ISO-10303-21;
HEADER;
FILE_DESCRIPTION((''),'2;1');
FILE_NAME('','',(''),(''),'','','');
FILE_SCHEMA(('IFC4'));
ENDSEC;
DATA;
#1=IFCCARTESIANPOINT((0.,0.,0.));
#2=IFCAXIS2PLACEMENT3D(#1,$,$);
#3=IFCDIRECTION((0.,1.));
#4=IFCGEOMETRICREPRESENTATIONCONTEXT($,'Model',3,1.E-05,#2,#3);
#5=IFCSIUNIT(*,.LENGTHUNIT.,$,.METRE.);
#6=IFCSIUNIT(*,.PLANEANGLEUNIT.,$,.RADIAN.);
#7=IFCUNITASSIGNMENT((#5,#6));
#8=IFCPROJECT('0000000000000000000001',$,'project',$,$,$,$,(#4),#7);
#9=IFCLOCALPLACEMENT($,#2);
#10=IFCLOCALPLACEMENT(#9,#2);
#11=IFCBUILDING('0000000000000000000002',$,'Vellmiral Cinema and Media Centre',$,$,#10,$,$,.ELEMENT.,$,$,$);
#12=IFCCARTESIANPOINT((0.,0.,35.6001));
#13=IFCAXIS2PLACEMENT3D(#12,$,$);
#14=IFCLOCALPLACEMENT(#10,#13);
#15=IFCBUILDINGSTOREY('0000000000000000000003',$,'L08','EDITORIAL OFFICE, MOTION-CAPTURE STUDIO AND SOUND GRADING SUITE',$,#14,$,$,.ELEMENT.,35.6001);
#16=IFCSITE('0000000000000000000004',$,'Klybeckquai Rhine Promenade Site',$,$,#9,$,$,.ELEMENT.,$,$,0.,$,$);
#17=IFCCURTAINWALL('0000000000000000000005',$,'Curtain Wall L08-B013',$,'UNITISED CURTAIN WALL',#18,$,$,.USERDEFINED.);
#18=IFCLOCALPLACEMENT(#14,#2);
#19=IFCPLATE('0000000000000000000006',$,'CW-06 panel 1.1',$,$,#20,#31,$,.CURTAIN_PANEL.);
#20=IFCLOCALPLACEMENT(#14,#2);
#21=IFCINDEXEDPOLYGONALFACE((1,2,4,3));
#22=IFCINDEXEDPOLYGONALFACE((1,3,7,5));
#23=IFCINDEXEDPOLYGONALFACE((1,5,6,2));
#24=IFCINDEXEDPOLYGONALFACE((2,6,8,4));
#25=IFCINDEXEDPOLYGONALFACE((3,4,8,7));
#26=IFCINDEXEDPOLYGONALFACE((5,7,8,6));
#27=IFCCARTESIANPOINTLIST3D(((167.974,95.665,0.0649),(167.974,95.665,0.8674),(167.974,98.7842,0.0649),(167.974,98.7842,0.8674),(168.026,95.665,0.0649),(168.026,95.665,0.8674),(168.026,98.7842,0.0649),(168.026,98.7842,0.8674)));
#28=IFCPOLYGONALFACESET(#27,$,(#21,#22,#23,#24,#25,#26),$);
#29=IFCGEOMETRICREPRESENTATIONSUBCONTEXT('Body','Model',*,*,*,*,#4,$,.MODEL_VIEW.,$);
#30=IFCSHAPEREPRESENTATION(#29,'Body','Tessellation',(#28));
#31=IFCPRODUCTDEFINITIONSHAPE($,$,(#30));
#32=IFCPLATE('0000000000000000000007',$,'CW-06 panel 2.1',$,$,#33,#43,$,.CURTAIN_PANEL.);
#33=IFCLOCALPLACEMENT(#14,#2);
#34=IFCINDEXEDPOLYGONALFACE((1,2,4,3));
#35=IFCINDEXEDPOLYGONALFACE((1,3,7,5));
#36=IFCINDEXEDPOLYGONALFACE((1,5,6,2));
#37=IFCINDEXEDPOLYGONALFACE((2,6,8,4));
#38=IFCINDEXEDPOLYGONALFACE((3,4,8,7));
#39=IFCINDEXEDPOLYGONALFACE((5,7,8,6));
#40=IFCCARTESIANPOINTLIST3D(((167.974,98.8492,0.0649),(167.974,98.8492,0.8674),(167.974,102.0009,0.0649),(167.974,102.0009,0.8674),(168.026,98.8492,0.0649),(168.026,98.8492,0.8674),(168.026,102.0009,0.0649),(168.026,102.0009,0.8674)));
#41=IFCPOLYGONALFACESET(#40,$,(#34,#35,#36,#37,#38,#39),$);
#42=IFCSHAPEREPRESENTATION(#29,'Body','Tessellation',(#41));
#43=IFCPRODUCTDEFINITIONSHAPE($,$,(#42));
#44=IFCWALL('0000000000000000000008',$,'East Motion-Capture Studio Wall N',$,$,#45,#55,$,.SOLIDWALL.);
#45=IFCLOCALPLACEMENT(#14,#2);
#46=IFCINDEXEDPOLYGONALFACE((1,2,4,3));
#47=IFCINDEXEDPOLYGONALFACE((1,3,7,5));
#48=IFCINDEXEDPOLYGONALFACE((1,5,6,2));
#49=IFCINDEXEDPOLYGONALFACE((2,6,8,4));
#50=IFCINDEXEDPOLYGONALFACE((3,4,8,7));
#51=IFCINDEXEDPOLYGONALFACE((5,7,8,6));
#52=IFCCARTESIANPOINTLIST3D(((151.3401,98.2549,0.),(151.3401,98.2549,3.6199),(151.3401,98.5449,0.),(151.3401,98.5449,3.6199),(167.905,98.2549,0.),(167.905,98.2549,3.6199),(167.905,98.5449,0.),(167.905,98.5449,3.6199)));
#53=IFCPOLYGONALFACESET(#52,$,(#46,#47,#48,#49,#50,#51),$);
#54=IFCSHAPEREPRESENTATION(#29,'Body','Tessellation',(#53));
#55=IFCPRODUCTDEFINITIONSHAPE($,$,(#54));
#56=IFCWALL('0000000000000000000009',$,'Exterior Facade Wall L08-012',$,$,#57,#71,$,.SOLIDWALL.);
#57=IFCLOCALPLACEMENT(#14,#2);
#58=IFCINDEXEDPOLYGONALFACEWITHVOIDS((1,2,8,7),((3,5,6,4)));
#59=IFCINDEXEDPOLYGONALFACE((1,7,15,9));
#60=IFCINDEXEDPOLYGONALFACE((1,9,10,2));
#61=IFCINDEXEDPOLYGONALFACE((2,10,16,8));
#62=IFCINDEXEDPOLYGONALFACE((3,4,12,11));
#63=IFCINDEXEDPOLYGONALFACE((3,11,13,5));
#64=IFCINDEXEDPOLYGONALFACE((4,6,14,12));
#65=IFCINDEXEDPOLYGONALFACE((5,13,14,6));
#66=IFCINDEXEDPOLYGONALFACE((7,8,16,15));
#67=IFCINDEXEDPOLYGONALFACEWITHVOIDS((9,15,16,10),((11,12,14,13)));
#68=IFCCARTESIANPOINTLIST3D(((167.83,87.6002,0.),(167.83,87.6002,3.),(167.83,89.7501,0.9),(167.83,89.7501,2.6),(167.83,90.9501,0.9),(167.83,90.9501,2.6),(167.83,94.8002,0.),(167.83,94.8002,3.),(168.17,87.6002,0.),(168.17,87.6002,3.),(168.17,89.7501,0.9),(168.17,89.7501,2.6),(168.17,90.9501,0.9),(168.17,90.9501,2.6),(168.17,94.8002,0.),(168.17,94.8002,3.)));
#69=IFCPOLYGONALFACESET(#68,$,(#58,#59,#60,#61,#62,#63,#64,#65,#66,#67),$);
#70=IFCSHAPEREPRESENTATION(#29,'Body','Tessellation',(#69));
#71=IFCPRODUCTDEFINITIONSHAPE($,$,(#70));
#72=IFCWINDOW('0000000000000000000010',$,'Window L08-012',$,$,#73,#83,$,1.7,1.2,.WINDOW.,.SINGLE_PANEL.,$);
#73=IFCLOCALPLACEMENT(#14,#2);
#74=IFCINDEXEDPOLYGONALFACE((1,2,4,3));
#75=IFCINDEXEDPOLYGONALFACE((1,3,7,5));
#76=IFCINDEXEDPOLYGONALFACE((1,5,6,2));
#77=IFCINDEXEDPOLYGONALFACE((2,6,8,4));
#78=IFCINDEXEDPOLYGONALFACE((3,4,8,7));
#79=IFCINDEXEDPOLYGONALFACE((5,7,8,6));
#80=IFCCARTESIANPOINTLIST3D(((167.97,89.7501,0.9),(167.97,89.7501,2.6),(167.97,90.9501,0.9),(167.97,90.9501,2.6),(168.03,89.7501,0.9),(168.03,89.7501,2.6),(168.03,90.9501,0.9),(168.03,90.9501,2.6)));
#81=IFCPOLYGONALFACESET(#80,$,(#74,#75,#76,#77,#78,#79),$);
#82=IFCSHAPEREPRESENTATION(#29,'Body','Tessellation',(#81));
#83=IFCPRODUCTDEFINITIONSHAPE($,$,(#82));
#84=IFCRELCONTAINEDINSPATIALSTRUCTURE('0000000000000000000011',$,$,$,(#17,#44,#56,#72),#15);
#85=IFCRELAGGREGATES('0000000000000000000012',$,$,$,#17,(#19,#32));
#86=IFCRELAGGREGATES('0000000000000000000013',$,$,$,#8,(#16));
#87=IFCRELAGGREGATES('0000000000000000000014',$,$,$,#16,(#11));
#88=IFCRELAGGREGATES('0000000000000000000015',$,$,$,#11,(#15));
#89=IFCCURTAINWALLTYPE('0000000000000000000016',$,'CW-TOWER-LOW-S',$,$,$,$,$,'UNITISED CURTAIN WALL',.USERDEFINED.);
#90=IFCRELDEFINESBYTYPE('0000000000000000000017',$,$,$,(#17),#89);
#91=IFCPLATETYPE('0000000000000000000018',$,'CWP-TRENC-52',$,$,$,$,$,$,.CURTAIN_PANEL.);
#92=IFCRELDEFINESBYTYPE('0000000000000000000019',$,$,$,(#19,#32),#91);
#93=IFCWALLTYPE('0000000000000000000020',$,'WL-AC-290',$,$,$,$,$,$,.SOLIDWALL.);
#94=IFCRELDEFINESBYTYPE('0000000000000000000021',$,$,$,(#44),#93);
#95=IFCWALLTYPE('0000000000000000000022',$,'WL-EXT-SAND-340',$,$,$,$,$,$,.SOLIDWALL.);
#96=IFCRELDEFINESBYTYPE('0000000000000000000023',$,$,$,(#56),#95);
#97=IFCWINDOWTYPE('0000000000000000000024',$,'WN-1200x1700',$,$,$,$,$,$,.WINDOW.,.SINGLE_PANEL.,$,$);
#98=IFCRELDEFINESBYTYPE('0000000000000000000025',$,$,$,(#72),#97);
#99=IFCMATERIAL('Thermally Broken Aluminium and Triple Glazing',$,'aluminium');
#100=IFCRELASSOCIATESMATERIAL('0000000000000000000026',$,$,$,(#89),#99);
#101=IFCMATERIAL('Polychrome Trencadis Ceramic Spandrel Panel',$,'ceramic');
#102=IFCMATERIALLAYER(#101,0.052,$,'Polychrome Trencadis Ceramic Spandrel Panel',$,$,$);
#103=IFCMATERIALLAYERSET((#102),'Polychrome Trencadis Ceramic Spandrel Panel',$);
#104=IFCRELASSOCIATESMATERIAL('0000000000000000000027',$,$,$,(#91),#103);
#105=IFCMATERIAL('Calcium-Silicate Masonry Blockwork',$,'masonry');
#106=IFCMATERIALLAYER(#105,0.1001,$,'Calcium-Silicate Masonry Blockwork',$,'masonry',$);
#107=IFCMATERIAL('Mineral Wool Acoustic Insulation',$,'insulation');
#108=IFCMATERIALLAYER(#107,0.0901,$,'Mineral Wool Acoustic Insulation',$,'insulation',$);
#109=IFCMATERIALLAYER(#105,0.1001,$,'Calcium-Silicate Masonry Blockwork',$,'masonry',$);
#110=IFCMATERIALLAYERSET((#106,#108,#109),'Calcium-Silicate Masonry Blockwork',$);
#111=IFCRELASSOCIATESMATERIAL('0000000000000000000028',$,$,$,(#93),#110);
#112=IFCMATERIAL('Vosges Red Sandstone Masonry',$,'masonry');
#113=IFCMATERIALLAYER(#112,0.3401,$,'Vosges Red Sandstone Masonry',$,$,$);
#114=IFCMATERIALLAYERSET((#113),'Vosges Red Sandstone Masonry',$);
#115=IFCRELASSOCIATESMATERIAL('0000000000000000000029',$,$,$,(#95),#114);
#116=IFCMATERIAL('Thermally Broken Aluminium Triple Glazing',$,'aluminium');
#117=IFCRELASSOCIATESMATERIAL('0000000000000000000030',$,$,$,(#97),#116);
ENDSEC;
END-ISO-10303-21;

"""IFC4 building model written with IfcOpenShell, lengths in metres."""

from ifc_helpers import new_model, si_unit, direction, frame, frame_2d, origin, origin_2d, place, context, subcontext, project, spatial, rectangle, extrude, material, layer, layer_set, type_object, element, fill, aggregate, save


model = new_model("IFC4")

# Units and contexts
model_context = context("Model", 3, precision=1e-05, world=origin(), true_north=direction((0.0, 1.0)))
body_context = subcontext(model_context, "Body", "Model", "MODEL_VIEW")
ifc_project = project(units=[si_unit("LENGTHUNIT", "METRE"), si_unit("PLANEANGLEUNIT", "RADIAN")], contexts=[model_context])

# Site, building, storey
site_placement = place(None, origin())
site = spatial("IfcSite", under=ifc_project, at=site_placement, Name="Klybeckquai Rhine Promenade Site", CompositionType="ELEMENT", RefElevation=0.0)
building_placement = place(site_placement, origin())
building = spatial("IfcBuilding", under=site, at=building_placement, Name="Vellmiral Cinema and Media Centre", CompositionType="ELEMENT")
storey_placement = place(building_placement, frame((0.0, 0.0, 35.6001)))
storey = spatial("IfcBuildingStorey", under=building, at=storey_placement, Name="L08", Description="EDITORIAL OFFICE, MOTION-CAPTURE STUDIO AND SOUND GRADING SUITE", CompositionType="ELEMENT", Elevation=35.6001)

# Curtain wall
ifc_material_1 = material(Name="Thermally Broken Aluminium and Triple Glazing", Category="aluminium")
curtain_wall_type = type_object("IfcCurtainWallType", Name="CW-TOWER-LOW-S", ElementType="UNITISED CURTAIN WALL", PredefinedType="USERDEFINED", material=ifc_material_1)
curtain_wall_placement = place(storey_placement, origin())
curtain_wall = element("IfcCurtainWall", 1, at=curtain_wall_placement, inside=storey, type_object=curtain_wall_type, Name="Curtain Wall L08-B013", ObjectType="UNITISED CURTAIN WALL", PredefinedType="USERDEFINED")

# Plates
ifc_material_2 = material(Name="Polychrome Trencadis Ceramic Spandrel Panel", Category="ceramic")
ifc_layer_1 = layer(ifc_material_2, 0.052, Name="Polychrome Trencadis Ceramic Spandrel Panel")
ifc_layer_set_1 = layer_set([ifc_layer_1], Name="Polychrome Trencadis Ceramic Spandrel Panel")
plate_type_1 = type_object("IfcPlateType", Name="CWP-TRENC-52", PredefinedType="CURTAIN_PANEL", material=ifc_layer_set_1)
plate_1_placement = place(storey_placement, frame((168.0, 97.2246, 0.0649), z_axis=(0.0, 0.0, 1.0), x_axis=(0.0, 1.0, 0.0)))
plate_1 = element("IfcPlate", 2, at=plate_1_placement, type_object=plate_type_1, Name="CW-06 panel 1.1", PredefinedType="CURTAIN_PANEL", context=body_context, shape_type="SweptSolid", body=[
    extrude(rectangle(XDim=3.1191, YDim=0.052, at=origin_2d()), origin(), (0.0, 0.0, 1.0), 0.8025),
])
plate_2_placement = place(storey_placement, frame((168.0, 100.425, 0.0649), z_axis=(0.0, 0.0, 1.0), x_axis=(0.0, 1.0, 0.0)))
plate_2 = element("IfcPlate", 3, at=plate_2_placement, type_object=plate_type_1, Name="CW-06 panel 2.1", PredefinedType="CURTAIN_PANEL", context=body_context, shape_type="SweptSolid", body=[
    extrude(rectangle(XDim=3.1516, YDim=0.052, at=origin_2d()), origin(), (0.0, 0.0, 1.0), 0.8025),
])
aggregate(curtain_wall, [plate_1, plate_2])

# Wall
ifc_material_3 = material(Name="Calcium-Silicate Masonry Blockwork", Category="masonry")
ifc_layer_2 = layer(ifc_material_3, 0.1001, Name="Calcium-Silicate Masonry Blockwork", Category="masonry")
ifc_material_4 = material(Name="Mineral Wool Acoustic Insulation", Category="insulation")
ifc_layer_3 = layer(ifc_material_4, 0.0901, Name="Mineral Wool Acoustic Insulation", Category="insulation")
ifc_layer_4 = layer(ifc_material_3, 0.1001, Name="Calcium-Silicate Masonry Blockwork", Category="masonry")
ifc_layer_set_2 = layer_set([ifc_layer_2, ifc_layer_3, ifc_layer_4], Name="Calcium-Silicate Masonry Blockwork")
wall_type_1 = type_object("IfcWallType", Name="WL-AC-290", PredefinedType="SOLIDWALL", material=ifc_layer_set_2)
wall_1_placement = place(storey_placement, frame((151.3401, 98.3999, 0.0), z_axis=(0.0, 0.0, 1.0), x_axis=(1.0, 0.0, 0.0)))
element("IfcWall", 4, at=wall_1_placement, inside=storey, type_object=wall_type_1, Name="East Motion-Capture Studio Wall N", PredefinedType="SOLIDWALL", context=body_context, shape_type="SweptSolid", body=[
    extrude(rectangle(XDim=16.5649, YDim=0.29, at=frame_2d((8.2825, 0.0))), origin(), (0.0, 0.0, 1.0), 3.6199),
])

# Wall, opening, window
ifc_material_5 = material(Name="Vosges Red Sandstone Masonry", Category="masonry")
ifc_layer_5 = layer(ifc_material_5, 0.3401, Name="Vosges Red Sandstone Masonry")
ifc_layer_set_3 = layer_set([ifc_layer_5], Name="Vosges Red Sandstone Masonry")
wall_type_2 = type_object("IfcWallType", Name="WL-EXT-SAND-340", PredefinedType="SOLIDWALL", material=ifc_layer_set_3)
wall_2_placement = place(storey_placement, frame((168.0, 87.6001, 0.0), z_axis=(0.0, 0.0, 1.0), x_axis=(0.0, 1.0, 0.0)))
wall_2 = element("IfcWall", 5, at=wall_2_placement, inside=storey, type_object=wall_type_2, Name="Exterior Facade Wall L08-012", PredefinedType="SOLIDWALL", context=body_context, shape_type="SweptSolid", body=[
    extrude(rectangle(XDim=7.2, YDim=0.3401, at=frame_2d((3.6001, 0.0))), origin(), (0.0, 0.0, 1.0), 3.0),
])
opening_placement = place(wall_2_placement, frame((2.1499, 0.0, 0.8999)))
opening = element("IfcOpeningElement", 6, at=opening_placement, cuts=wall_2, PredefinedType="OPENING", context=body_context, shape_type="SweptSolid", body=[
    extrude(rectangle(XDim=1.2, YDim=1.7, at=frame_2d((0.6001, 0.8501))), frame((0.0, 0.1821, 0.0), z_axis=(0.0, -1.0, 0.0), x_axis=(1.0, 0.0, 0.0)), (0.0, 0.0, 1.0), 0.364),
])
ifc_material_6 = material(Name="Thermally Broken Aluminium Triple Glazing", Category="aluminium")
window_type = type_object("IfcWindowType", Name="WN-1200x1700", PartitioningType="SINGLE_PANEL", PredefinedType="WINDOW", material=ifc_material_6)
window_placement = place(opening_placement, origin())
window = element("IfcWindow", 7, at=window_placement, inside=storey, type_object=window_type, Name="Window L08-012", OverallHeight=1.7, OverallWidth=1.2, PartitioningType="SINGLE_PANEL", PredefinedType="WINDOW", context=body_context, shape_type="SweptSolid", body=[
    extrude(rectangle(XDim=1.2, YDim=1.7, at=frame_2d((0.6001, 0.8501))), frame((0.0, 0.03, 0.0), z_axis=(0.0, -1.0, 0.0), x_axis=(1.0, 0.0, 0.0)), (0.0, 0.0, 1.0), 0.0601),
])
fill(opening, window)

save(model, "model.ifc")
